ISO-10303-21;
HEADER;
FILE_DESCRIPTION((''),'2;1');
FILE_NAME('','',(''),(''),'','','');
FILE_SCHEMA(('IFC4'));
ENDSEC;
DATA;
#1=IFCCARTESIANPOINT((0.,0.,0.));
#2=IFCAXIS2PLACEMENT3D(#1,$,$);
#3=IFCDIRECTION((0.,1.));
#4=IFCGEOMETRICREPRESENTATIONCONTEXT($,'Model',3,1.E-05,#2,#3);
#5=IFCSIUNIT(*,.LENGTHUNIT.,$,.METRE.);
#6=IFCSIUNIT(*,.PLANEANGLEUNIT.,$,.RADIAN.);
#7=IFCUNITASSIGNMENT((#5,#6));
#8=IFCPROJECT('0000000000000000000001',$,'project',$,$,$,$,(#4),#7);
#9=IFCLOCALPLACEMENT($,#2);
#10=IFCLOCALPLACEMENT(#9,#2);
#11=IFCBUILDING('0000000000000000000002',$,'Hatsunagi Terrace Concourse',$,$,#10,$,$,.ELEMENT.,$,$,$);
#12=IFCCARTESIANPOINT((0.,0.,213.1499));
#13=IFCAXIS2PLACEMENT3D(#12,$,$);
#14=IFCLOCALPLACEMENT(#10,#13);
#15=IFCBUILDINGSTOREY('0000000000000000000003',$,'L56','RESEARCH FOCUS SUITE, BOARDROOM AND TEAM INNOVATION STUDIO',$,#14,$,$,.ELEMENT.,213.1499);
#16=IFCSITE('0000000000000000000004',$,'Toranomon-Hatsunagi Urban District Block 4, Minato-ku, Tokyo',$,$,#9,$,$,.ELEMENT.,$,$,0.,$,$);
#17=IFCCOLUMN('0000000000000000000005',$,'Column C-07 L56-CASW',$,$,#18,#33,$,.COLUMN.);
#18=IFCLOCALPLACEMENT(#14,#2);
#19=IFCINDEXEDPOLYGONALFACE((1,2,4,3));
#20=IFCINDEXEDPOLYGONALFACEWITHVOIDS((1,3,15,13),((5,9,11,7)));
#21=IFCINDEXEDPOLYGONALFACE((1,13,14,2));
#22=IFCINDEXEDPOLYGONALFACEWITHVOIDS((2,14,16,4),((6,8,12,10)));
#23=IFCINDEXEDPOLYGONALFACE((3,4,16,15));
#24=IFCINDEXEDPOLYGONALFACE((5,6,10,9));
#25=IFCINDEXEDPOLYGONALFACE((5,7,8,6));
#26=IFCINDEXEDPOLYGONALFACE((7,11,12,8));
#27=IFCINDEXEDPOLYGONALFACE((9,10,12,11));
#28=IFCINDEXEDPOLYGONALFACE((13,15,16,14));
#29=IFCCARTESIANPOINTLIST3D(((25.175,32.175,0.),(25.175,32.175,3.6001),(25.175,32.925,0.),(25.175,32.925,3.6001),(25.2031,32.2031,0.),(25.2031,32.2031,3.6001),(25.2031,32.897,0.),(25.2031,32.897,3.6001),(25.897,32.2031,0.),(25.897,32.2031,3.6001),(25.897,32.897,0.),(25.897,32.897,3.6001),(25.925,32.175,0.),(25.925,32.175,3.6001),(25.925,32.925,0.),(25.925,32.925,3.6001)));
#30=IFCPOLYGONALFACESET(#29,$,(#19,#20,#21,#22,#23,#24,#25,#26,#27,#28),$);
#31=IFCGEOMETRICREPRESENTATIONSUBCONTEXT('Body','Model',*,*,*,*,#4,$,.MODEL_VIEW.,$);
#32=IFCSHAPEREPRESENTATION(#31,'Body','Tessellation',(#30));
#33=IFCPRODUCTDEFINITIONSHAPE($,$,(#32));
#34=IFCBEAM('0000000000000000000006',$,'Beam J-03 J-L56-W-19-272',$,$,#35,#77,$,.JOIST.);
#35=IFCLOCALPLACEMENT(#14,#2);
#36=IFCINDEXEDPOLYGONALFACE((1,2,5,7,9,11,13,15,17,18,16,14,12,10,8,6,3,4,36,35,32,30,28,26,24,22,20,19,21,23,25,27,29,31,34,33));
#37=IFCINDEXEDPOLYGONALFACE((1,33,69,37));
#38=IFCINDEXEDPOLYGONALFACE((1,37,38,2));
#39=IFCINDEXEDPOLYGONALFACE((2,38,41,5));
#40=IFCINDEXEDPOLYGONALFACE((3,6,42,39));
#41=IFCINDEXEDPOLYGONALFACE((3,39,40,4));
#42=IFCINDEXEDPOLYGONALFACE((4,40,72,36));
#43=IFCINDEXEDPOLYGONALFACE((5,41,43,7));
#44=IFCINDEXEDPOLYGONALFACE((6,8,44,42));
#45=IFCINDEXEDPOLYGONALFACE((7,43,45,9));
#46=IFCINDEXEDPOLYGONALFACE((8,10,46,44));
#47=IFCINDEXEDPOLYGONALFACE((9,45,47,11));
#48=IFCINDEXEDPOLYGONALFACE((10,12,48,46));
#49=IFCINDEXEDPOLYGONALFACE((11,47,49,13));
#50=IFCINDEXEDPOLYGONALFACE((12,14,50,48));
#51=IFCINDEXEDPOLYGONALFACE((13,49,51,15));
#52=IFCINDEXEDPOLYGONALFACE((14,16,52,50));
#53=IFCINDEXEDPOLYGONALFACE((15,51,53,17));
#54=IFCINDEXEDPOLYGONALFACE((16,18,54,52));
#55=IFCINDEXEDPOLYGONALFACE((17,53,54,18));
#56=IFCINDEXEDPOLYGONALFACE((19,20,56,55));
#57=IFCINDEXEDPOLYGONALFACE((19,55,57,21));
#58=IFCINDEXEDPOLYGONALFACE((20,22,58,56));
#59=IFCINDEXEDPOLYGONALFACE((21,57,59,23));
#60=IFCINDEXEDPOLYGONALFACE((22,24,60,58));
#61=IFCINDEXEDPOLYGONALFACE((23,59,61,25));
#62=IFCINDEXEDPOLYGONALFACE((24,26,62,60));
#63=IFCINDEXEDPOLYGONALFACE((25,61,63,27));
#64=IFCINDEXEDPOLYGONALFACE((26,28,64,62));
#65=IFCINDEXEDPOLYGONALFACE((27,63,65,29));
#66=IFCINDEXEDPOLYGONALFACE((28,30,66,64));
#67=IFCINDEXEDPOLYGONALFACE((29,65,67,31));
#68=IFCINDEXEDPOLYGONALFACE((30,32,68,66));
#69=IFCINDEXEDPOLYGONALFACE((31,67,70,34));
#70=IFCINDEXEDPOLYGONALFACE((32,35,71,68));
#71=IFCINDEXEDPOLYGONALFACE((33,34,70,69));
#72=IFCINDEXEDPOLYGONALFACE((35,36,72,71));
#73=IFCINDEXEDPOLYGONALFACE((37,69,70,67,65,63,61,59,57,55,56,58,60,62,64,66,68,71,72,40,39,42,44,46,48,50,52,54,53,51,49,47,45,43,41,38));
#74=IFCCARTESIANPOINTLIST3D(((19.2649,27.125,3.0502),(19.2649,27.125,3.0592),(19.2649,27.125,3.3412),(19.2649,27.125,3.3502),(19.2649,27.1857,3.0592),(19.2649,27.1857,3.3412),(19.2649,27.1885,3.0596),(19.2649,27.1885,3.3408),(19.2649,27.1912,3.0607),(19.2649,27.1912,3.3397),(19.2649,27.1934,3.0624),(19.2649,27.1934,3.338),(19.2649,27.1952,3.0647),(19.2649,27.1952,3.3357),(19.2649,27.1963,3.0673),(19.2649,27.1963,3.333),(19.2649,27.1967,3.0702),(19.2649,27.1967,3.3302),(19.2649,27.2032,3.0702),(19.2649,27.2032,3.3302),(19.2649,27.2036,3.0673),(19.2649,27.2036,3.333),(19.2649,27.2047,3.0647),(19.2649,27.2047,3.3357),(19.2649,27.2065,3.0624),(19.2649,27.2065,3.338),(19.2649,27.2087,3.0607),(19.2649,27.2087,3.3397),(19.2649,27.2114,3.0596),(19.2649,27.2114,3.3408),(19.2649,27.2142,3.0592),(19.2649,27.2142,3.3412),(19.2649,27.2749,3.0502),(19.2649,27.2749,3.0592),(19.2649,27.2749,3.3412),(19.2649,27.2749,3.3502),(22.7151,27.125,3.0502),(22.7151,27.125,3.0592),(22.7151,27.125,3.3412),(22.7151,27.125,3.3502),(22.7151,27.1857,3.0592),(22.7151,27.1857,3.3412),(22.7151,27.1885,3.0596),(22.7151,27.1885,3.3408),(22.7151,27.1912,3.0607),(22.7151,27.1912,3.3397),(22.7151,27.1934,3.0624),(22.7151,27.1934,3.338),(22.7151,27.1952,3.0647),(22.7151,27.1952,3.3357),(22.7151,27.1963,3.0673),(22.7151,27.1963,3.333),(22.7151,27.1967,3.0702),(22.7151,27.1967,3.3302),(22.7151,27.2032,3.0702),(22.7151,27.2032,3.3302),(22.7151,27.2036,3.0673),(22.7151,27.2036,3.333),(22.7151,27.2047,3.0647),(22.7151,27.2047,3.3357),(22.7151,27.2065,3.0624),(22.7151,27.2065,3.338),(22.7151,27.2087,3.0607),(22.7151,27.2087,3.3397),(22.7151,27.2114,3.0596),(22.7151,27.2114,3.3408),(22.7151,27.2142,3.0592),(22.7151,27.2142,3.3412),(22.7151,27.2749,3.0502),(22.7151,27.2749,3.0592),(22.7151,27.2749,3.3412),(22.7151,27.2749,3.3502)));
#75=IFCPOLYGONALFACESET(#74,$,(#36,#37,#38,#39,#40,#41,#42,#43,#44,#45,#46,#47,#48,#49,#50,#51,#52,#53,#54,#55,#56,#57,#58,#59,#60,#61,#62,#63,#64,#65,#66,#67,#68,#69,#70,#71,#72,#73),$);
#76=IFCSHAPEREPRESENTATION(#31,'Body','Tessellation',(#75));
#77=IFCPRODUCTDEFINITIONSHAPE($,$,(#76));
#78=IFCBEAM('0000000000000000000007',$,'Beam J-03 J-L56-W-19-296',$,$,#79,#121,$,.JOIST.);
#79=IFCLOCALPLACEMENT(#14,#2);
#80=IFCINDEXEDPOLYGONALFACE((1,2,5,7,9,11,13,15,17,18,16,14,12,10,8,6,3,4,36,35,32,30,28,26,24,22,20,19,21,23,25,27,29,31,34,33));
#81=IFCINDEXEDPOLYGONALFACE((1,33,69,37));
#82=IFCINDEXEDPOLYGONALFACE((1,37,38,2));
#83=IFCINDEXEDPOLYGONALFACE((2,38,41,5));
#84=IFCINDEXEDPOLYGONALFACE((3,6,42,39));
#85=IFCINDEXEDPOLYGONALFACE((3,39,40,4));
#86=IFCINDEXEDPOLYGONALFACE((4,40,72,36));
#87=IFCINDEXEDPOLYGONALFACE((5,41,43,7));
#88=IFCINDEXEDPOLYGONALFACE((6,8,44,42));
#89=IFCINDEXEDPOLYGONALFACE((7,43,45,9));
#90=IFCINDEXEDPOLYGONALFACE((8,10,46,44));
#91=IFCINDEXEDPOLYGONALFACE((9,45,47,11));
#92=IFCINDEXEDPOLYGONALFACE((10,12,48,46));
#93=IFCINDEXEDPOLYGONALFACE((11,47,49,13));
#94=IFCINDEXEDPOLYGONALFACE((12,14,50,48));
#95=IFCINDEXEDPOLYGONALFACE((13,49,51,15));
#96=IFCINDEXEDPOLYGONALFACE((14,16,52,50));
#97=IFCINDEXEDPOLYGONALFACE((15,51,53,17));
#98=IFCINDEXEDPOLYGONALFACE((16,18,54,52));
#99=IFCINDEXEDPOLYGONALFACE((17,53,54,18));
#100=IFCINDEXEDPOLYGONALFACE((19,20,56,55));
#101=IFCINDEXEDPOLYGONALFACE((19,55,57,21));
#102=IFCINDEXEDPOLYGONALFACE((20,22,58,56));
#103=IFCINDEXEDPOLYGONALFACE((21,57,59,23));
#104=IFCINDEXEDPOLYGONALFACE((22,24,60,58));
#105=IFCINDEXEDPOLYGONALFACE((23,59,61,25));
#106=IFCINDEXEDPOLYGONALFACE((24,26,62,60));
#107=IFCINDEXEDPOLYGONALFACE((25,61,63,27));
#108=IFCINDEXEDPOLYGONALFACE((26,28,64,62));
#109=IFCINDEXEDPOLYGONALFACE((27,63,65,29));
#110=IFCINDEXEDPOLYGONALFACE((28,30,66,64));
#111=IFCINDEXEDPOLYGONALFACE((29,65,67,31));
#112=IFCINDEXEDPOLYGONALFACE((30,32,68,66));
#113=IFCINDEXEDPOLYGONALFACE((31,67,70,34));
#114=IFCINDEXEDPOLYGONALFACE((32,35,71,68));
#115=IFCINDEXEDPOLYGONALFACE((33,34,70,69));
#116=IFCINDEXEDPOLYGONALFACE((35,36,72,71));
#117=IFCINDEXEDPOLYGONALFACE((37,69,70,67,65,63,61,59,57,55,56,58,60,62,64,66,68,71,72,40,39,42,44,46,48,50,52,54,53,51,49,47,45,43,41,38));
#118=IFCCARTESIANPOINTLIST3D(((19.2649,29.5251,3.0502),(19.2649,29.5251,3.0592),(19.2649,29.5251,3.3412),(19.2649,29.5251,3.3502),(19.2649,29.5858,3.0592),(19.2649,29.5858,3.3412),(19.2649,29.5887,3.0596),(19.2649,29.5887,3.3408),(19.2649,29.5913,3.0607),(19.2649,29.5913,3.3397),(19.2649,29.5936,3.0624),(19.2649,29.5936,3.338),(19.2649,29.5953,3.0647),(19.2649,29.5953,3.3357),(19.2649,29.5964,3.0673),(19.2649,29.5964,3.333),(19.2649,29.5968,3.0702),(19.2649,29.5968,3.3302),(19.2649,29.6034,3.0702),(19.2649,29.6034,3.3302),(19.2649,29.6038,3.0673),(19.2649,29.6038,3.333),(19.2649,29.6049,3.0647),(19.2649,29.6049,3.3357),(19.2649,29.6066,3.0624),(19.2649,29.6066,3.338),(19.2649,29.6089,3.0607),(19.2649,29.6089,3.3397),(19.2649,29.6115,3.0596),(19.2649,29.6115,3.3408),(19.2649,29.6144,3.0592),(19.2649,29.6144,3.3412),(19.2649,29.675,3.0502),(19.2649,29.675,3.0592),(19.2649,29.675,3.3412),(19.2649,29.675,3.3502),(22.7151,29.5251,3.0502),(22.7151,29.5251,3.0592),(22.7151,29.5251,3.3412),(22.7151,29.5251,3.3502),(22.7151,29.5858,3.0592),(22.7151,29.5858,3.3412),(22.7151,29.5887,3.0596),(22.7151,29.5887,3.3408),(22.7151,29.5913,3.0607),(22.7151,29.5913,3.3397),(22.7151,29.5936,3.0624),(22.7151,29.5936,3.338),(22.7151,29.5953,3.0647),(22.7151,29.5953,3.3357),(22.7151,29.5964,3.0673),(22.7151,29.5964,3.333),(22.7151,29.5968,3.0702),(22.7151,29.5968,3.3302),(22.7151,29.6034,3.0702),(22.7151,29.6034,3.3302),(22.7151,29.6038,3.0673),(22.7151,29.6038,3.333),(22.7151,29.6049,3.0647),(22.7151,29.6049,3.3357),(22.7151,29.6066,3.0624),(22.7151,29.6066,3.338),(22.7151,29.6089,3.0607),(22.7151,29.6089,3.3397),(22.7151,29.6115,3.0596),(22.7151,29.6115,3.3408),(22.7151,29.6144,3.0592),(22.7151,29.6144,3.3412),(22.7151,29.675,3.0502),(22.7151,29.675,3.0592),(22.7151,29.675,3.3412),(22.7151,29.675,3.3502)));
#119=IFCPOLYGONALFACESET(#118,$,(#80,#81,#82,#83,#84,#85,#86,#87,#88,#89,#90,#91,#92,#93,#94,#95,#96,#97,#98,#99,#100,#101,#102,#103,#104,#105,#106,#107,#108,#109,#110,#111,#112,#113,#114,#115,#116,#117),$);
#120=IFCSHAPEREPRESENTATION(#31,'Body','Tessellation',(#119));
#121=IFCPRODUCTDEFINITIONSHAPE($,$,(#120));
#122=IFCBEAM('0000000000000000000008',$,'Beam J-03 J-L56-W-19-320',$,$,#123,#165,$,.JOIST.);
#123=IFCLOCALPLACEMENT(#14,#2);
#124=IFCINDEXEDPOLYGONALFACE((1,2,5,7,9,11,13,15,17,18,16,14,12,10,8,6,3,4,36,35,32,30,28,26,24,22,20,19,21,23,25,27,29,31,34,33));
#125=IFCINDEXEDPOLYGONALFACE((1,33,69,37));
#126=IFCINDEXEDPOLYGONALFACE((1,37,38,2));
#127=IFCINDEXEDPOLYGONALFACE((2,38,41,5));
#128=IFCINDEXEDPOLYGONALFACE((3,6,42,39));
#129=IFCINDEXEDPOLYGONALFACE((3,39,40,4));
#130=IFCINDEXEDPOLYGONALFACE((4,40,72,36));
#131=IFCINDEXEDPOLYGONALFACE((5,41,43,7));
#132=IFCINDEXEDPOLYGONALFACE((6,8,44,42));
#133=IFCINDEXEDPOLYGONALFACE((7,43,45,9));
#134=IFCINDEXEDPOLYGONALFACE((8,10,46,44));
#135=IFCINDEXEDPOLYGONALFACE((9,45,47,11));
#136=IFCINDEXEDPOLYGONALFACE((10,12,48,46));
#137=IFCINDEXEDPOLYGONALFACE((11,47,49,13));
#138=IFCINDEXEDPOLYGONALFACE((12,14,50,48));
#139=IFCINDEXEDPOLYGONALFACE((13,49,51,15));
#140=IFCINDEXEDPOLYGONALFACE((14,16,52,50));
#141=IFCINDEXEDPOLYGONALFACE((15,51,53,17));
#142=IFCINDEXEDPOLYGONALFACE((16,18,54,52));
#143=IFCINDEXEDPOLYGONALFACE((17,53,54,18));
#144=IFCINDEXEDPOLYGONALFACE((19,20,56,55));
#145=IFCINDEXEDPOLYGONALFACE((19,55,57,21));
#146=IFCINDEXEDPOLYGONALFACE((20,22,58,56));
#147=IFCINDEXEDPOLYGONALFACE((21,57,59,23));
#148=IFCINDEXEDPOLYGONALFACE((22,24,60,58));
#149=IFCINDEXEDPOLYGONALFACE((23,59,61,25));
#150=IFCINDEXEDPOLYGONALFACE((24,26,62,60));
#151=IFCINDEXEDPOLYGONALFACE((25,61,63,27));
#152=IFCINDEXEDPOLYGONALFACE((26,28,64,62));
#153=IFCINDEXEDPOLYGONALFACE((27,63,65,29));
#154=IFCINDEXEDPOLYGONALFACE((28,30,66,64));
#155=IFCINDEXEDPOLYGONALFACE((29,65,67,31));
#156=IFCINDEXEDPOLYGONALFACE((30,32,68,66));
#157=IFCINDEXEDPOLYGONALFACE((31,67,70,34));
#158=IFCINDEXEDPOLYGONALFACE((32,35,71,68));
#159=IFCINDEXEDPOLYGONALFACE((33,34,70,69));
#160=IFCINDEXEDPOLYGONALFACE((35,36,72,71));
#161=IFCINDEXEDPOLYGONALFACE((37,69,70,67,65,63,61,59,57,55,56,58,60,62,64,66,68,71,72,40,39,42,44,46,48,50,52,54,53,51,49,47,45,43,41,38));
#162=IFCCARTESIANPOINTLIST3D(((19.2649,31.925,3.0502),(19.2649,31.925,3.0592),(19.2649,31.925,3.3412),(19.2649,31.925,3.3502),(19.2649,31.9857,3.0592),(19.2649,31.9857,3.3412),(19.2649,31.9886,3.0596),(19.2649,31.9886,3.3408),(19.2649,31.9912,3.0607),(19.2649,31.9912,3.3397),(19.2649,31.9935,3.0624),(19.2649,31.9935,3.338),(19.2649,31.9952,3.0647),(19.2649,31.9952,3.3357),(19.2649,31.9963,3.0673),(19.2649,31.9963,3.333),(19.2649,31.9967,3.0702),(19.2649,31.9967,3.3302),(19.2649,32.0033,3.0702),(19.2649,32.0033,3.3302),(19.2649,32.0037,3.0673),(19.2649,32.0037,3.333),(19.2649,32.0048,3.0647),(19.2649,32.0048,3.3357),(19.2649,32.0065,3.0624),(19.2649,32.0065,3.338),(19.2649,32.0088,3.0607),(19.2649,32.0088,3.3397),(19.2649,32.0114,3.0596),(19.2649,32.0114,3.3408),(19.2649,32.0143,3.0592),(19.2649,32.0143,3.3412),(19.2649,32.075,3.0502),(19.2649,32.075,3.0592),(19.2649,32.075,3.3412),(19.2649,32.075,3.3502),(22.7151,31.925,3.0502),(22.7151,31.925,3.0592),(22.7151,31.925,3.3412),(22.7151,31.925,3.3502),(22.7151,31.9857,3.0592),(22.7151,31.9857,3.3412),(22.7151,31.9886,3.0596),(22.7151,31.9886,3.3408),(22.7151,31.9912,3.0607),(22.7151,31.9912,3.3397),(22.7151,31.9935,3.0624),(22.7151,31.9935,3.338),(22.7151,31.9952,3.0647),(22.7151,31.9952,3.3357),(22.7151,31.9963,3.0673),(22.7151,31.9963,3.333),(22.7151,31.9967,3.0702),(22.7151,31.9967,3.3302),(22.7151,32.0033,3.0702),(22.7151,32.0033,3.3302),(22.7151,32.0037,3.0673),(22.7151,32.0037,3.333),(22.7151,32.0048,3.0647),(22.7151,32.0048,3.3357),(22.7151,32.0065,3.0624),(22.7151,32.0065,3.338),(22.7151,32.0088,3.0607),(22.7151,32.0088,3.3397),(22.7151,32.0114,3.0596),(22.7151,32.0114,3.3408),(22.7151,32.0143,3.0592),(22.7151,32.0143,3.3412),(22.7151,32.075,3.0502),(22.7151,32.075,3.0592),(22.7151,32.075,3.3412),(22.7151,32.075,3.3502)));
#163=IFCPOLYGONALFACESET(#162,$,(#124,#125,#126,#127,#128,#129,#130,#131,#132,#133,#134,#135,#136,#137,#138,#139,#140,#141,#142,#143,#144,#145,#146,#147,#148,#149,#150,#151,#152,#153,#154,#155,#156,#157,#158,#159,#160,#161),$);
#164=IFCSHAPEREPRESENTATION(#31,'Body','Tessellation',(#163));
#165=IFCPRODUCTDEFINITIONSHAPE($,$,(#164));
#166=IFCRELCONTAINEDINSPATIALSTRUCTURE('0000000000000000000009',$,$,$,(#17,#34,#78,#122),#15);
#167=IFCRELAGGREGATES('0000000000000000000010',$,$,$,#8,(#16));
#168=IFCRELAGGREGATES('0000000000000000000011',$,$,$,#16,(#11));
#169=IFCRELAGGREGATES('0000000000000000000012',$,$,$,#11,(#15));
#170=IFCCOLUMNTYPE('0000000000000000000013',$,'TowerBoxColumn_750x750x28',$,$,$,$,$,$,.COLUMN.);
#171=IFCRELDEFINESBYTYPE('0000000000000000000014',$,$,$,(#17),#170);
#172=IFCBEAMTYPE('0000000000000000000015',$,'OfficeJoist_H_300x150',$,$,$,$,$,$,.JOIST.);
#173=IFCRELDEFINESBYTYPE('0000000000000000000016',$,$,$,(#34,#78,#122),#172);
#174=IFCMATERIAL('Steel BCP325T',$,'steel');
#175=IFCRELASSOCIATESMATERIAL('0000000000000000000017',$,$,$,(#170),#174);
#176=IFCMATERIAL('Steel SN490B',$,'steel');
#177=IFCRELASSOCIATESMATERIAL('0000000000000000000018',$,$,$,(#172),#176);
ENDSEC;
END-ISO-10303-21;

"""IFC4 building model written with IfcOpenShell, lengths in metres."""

from ifc_helpers import new_model, si_unit, direction, frame, origin, origin_2d, place, context, subcontext, project, spatial, hollow_rectangle, i_section, extrude, material, material_profile, profile_set, type_object, element, save


model = new_model("IFC4")

# Units and contexts
model_context = context("Model", 3, precision=1e-05, world=origin(), true_north=direction((0.0, 1.0)))
body_context = subcontext(model_context, "Body", "Model", "MODEL_VIEW")
ifc_project = project(units=[si_unit("LENGTHUNIT", "METRE"), si_unit("PLANEANGLEUNIT", "RADIAN")], contexts=[model_context])

# Site, building, storey
site_placement = place(None, origin())
site = spatial("IfcSite", under=ifc_project, at=site_placement, Name="Toranomon-Hatsunagi Urban District Block 4, Minato-ku, Tokyo", CompositionType="ELEMENT", RefElevation=0.0)
building_placement = place(site_placement, origin())
building = spatial("IfcBuilding", under=site, at=building_placement, Name="Hatsunagi Terrace Concourse", CompositionType="ELEMENT")
storey_placement = place(building_placement, frame((0.0, 0.0, 213.1499)))
storey = spatial("IfcBuildingStorey", under=building, at=storey_placement, Name="L56", Description="RESEARCH FOCUS SUITE, BOARDROOM AND TEAM INNOVATION STUDIO", CompositionType="ELEMENT", Elevation=213.1499)

# Column
ifc_material_1 = material(Name="Steel BCP325T", Category="steel")
ifc_material_profile_1 = material_profile(ifc_material_1, hollow_rectangle(XDim=0.75, YDim=0.75, WallThickness=0.0281, at=origin_2d()), Name="BCP-750x750x28")
ifc_profile_set_1 = profile_set([ifc_material_profile_1], Name="Steel BCP325T")
column_type = type_object("IfcColumnType", Name="TowerBoxColumn_750x750x28", PredefinedType="COLUMN", material=ifc_profile_set_1)
column_placement = place(storey_placement, frame((25.55, 32.55, 0.0), z_axis=(0.0, 0.0, 1.0), x_axis=(1.0, 0.0, 0.0)))
element("IfcColumn", 1, at=column_placement, inside=storey, type_object=column_type, Name="Column C-07 L56-CASW", PredefinedType="COLUMN", context=body_context, shape_type="SweptSolid", body=[
    extrude(hollow_rectangle(XDim=0.75, YDim=0.75, WallThickness=0.0281, at=origin_2d()), origin(), (0.0, 0.0, 1.0), 3.6001),
])

# Beams
ifc_material_2 = material(Name="Steel SN490B", Category="steel")
ifc_material_profile_2 = material_profile(ifc_material_2, i_section(OverallWidth=0.1499, OverallDepth=0.3, WebThickness=0.0066, FlangeThickness=0.009, FilletRadius=0.011, at=origin_2d()), Name="H-300x150x6.5x9")
ifc_profile_set_2 = profile_set([ifc_material_profile_2], Name="Steel SN490B")
beam_type_1 = type_object("IfcBeamType", Name="OfficeJoist_H_300x150", PredefinedType="JOIST", material=ifc_profile_set_2)
for number, where, z_axis, x_axis, name in (
    (2, (19.2649, 27.2, 3.2002), (1.0, 0.0, 0.0), (0.0, 1.0, 0.0), "Beam J-03 J-L56-W-19-272"),
    (3, (19.2649, 29.6001, 3.2002), (1.0, 0.0, 0.0), (0.0, 1.0, 0.0), "Beam J-03 J-L56-W-19-296"),
    (4, (19.2649, 32.0, 3.2002), (1.0, 0.0, 0.0), (0.0, 1.0, 0.0), "Beam J-03 J-L56-W-19-320"),
):
    element("IfcBeam", number, at=place(storey_placement, frame(where, z_axis=z_axis, x_axis=x_axis)), inside=storey, type_object=beam_type_1, Name=name, PredefinedType="JOIST", context=body_context, shape_type="SweptSolid", body=[
        extrude(i_section(OverallWidth=0.1499, OverallDepth=0.3, WebThickness=0.0066, FlangeThickness=0.009, FilletRadius=0.011, at=origin_2d()), origin(), (0.0, 0.0, 1.0), 3.4502),
    ])

save(model, "model.ifc")
